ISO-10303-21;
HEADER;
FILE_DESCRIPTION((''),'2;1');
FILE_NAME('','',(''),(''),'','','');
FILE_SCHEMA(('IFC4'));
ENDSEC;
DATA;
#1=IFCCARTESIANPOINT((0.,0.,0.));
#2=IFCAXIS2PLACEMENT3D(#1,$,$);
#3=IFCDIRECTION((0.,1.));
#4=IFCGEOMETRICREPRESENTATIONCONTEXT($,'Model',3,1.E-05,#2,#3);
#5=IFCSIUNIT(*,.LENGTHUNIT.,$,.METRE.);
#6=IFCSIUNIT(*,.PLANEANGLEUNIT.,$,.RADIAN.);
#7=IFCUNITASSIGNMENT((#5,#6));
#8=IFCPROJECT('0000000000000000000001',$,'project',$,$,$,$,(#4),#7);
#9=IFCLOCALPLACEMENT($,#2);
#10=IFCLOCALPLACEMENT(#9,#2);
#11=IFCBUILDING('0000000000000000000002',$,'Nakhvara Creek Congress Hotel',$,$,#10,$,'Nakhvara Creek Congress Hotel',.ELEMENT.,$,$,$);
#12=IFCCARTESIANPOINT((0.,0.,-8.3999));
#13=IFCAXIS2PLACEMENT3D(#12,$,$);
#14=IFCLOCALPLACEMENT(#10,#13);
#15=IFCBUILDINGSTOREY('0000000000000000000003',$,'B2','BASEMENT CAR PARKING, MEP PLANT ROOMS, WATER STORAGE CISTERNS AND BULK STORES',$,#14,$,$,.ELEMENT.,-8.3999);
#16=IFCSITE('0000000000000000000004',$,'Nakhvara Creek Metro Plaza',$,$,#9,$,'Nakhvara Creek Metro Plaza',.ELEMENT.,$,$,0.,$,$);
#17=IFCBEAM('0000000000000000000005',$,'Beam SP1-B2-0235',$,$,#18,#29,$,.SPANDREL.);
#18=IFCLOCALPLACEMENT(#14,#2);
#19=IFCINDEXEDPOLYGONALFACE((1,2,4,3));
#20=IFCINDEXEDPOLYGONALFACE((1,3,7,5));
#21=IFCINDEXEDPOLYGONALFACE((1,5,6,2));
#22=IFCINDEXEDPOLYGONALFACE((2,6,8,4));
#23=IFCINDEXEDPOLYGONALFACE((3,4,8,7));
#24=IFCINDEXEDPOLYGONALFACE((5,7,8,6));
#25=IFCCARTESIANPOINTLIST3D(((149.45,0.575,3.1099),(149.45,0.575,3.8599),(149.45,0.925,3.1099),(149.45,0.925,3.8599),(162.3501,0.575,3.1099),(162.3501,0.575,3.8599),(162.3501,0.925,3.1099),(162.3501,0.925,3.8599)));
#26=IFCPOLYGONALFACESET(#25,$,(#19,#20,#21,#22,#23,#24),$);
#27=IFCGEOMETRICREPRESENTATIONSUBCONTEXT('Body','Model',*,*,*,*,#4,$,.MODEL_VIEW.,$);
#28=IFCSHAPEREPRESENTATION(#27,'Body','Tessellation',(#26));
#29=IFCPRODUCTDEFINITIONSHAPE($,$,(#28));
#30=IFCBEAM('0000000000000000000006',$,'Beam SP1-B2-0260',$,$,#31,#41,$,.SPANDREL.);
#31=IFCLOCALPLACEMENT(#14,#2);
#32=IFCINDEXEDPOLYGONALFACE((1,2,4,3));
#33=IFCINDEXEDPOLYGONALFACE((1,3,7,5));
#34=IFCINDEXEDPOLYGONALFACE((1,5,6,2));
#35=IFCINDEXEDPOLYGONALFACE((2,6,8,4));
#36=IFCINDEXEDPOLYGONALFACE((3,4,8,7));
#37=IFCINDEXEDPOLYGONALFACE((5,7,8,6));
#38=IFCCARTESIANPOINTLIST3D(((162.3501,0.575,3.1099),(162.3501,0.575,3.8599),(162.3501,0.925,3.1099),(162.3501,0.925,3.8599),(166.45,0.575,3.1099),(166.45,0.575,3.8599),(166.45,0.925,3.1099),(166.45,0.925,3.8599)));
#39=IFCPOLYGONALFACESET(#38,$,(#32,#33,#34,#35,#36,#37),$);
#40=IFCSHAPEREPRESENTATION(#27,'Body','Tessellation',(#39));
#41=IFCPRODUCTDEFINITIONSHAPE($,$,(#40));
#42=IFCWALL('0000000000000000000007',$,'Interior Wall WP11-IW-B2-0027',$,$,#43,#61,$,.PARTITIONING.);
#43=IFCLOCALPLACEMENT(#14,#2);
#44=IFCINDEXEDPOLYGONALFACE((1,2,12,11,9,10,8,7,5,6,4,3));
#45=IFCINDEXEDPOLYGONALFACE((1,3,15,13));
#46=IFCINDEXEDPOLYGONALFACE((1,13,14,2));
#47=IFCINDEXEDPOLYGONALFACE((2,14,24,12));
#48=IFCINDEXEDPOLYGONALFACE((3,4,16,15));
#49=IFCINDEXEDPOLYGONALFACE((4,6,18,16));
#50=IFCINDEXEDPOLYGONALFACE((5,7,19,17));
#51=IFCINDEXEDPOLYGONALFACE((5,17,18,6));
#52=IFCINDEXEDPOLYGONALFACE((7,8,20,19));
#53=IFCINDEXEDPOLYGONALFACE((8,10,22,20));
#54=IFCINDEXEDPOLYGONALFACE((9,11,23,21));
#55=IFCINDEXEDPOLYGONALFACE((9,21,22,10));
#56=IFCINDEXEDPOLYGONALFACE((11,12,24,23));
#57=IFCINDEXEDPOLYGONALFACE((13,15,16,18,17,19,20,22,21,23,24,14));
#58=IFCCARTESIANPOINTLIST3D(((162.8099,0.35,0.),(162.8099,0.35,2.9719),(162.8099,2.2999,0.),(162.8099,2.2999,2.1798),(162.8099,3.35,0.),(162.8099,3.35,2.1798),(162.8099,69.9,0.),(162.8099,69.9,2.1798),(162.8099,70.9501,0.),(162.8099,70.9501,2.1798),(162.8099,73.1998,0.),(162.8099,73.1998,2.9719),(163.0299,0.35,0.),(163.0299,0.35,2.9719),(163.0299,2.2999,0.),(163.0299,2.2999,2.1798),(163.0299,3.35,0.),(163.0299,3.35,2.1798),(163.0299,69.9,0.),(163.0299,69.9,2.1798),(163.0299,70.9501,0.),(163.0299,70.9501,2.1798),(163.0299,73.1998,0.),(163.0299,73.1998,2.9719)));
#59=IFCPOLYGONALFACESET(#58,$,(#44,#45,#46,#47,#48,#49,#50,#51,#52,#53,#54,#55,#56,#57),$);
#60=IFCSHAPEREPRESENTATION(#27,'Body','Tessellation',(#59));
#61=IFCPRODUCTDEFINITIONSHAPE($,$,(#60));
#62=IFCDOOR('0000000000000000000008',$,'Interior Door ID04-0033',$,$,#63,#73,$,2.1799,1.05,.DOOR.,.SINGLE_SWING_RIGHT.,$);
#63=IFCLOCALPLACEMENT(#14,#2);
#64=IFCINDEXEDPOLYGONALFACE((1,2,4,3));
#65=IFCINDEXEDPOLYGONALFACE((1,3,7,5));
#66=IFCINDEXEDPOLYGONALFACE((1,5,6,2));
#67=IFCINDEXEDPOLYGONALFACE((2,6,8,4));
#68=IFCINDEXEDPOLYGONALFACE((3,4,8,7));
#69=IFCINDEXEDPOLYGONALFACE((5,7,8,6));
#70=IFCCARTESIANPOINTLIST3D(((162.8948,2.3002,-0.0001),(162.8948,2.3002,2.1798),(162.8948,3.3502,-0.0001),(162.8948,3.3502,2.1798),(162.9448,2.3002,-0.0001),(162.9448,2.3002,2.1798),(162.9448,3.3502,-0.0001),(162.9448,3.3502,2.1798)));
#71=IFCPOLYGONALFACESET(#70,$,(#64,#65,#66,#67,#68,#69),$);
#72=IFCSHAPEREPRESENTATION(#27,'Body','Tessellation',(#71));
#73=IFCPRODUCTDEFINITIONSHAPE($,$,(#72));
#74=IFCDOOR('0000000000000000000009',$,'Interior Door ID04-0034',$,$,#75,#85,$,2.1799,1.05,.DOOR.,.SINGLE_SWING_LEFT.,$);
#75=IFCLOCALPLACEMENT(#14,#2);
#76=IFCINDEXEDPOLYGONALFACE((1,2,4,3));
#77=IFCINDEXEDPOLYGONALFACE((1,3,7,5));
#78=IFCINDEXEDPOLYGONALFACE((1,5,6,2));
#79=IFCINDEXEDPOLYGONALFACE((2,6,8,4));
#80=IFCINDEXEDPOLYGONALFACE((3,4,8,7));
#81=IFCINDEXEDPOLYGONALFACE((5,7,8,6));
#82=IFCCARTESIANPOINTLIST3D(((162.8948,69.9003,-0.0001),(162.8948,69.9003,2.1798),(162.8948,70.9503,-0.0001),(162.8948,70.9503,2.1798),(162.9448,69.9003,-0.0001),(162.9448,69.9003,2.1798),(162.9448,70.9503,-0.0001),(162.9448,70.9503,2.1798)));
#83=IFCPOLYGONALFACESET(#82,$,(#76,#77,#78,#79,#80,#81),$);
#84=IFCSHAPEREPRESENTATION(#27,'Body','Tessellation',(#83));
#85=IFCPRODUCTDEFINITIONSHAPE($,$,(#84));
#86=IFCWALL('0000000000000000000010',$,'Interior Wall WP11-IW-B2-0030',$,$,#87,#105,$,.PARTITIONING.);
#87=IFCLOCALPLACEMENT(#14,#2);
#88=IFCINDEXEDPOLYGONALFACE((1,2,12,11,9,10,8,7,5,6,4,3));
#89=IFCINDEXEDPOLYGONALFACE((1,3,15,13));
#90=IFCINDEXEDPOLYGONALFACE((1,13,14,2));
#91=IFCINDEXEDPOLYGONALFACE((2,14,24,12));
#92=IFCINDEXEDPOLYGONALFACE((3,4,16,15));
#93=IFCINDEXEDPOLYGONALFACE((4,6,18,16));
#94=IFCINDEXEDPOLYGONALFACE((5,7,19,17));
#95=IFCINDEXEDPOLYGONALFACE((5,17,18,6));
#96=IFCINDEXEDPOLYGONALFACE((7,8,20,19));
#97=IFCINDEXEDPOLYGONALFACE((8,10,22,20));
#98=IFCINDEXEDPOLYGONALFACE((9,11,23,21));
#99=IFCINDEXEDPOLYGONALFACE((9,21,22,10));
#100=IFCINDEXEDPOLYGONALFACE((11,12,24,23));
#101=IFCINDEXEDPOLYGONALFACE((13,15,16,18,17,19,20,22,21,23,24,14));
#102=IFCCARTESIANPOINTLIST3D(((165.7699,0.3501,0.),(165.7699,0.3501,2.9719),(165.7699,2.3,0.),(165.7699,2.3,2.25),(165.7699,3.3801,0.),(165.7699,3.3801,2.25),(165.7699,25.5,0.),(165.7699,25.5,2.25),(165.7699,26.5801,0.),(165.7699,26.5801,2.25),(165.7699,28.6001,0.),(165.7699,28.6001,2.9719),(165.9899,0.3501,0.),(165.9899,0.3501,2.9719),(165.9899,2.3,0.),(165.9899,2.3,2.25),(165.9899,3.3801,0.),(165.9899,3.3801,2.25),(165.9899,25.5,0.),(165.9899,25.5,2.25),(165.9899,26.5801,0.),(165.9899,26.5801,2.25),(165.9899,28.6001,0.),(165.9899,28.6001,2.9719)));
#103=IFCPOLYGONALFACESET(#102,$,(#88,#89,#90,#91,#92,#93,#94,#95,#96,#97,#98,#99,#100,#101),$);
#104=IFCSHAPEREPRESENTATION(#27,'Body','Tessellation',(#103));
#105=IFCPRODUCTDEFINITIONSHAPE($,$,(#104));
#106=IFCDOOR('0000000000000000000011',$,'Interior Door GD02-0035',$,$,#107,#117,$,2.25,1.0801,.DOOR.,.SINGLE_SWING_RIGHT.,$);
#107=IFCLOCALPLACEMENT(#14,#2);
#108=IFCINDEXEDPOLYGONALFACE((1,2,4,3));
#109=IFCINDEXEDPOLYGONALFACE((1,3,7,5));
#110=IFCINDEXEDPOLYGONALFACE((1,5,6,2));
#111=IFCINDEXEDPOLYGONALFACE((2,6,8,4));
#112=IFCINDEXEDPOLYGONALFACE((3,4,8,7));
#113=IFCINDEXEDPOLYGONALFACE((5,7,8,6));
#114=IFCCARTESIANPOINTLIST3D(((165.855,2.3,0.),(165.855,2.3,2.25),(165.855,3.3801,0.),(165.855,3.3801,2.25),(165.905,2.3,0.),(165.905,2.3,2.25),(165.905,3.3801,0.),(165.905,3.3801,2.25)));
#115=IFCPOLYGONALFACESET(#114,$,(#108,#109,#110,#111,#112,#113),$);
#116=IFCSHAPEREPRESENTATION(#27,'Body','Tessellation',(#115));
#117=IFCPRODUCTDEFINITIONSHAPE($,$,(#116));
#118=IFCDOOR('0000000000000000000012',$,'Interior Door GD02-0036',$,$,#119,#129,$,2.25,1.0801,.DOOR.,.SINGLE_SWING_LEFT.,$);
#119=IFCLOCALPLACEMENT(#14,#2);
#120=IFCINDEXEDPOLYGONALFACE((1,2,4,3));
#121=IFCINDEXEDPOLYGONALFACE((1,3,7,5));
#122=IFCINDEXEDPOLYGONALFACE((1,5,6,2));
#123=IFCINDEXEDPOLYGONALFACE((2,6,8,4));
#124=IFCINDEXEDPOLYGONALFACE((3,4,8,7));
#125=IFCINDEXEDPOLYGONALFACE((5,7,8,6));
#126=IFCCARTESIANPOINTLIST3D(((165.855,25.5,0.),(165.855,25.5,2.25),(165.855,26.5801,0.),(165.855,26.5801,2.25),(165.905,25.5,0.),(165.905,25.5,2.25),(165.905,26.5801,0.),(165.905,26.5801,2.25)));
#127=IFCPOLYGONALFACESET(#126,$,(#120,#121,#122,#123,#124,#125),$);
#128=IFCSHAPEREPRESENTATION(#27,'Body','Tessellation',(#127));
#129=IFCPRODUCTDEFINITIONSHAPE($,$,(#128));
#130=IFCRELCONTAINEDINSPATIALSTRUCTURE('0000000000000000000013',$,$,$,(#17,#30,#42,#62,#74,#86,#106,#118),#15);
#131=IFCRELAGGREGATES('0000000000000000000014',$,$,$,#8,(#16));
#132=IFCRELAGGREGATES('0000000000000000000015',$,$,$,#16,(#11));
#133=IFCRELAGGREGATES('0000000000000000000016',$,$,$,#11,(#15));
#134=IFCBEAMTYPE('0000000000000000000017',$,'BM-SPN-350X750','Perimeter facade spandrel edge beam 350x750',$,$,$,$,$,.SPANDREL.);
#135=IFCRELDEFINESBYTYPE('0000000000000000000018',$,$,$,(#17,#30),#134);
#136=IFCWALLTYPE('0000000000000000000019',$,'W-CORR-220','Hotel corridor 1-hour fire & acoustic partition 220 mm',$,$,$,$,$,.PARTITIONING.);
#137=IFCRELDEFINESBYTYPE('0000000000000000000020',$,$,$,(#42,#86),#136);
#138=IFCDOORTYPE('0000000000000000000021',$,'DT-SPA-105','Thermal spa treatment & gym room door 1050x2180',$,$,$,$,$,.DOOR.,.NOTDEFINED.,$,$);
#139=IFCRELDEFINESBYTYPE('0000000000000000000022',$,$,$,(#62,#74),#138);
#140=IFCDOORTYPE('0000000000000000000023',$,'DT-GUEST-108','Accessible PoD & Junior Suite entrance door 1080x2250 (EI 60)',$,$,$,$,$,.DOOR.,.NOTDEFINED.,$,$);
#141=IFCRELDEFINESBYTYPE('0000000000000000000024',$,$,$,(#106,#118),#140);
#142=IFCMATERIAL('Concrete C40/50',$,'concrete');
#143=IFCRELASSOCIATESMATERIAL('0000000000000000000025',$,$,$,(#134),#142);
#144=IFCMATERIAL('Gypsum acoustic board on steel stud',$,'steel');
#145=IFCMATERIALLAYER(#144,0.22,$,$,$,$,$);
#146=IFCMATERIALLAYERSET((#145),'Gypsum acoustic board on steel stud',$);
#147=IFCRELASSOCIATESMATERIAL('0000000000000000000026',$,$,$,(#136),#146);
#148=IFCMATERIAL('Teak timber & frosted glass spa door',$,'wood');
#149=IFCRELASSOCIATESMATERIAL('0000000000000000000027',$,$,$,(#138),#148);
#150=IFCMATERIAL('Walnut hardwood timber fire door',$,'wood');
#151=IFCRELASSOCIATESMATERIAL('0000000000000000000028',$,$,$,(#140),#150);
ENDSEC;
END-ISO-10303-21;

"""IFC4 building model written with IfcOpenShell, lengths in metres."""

from ifc_helpers import new_model, si_unit, direction, frame, frame_2d, origin, origin_2d, place, context, subcontext, project, spatial, rectangle, extrude, material, layer, layer_set, material_profile, profile_set, type_object, element, fill, save


model = new_model("IFC4")

# Units and contexts
model_context = context("Model", 3, precision=1e-05, world=origin(), true_north=direction((0.0, 1.0)))
body_context = subcontext(model_context, "Body", "Model", "MODEL_VIEW")
ifc_project = project(units=[si_unit("LENGTHUNIT", "METRE"), si_unit("PLANEANGLEUNIT", "RADIAN")], contexts=[model_context])

# Site, building, storey
site_placement = place(None, origin())
site = spatial("IfcSite", under=ifc_project, at=site_placement, Name="Nakhvara Creek Metro Plaza", LongName="Nakhvara Creek Metro Plaza", CompositionType="ELEMENT", RefElevation=0.0)
building_placement = place(site_placement, origin())
building = spatial("IfcBuilding", under=site, at=building_placement, Name="Nakhvara Creek Congress Hotel", LongName="Nakhvara Creek Congress Hotel", CompositionType="ELEMENT")
storey_placement = place(building_placement, frame((0.0, 0.0, -8.3999)))
storey = spatial("IfcBuildingStorey", under=building, at=storey_placement, Name="B2", Description="BASEMENT CAR PARKING, MEP PLANT ROOMS, WATER STORAGE CISTERNS AND BULK STORES", CompositionType="ELEMENT", Elevation=-8.3999)

# Shared definitions
ifc_material_1 = material(Name="Concrete C40/50", Category="concrete")

# Beams
ifc_material_profile_1 = material_profile(ifc_material_1, rectangle(XDim=0.3501, YDim=0.75, at=origin_2d()), Name="RC-SPANDREL 350x750", Category="LoadBearing")
ifc_profile_set_1 = profile_set([ifc_material_profile_1], Name="Concrete C40/50")
beam_type_1 = type_object("IfcBeamType", Name="BM-SPN-350X750", Description="Perimeter facade spandrel edge beam 350x750", PredefinedType="SPANDREL", material=ifc_profile_set_1)
beam_1_placement = place(storey_placement, frame((149.45, 0.75, 3.4849), z_axis=(1.0, 0.0, 0.0), x_axis=(0.0, 1.0, 0.0)))
element("IfcBeam", 1, at=beam_1_placement, inside=storey, type_object=beam_type_1, Name="Beam SP1-B2-0235", PredefinedType="SPANDREL", context=body_context, shape_type="SweptSolid", body=[
    extrude(rectangle(XDim=0.3501, YDim=0.75, at=origin_2d()), origin(), (0.0, 0.0, 1.0), 12.9001),
])
beam_2_placement = place(storey_placement, frame((162.3501, 0.75, 3.4849), z_axis=(1.0, 0.0, 0.0), x_axis=(0.0, 1.0, 0.0)))
element("IfcBeam", 2, at=beam_2_placement, inside=storey, type_object=beam_type_1, Name="Beam SP1-B2-0260", PredefinedType="SPANDREL", context=body_context, shape_type="SweptSolid", body=[
    extrude(rectangle(XDim=0.3501, YDim=0.75, at=origin_2d()), origin(), (0.0, 0.0, 1.0), 4.0999),
])

# Walls, openings, doors
ifc_material_2 = material(Name="Gypsum acoustic board on steel stud", Category="steel")
ifc_layer = layer(ifc_material_2, 0.22)
ifc_layer_set = layer_set([ifc_layer], Name="Gypsum acoustic board on steel stud")
wall_type = type_object("IfcWallType", Name="W-CORR-220", Description="Hotel corridor 1-hour fire & acoustic partition 220 mm", PredefinedType="PARTITIONING", material=ifc_layer_set)
wall_1_placement = place(storey_placement, frame((162.9199, 0.3501, 0.0), z_axis=(0.0, 0.0, 1.0), x_axis=(0.0, 1.0, 0.0)))
wall_1 = element("IfcWall", 3, at=wall_1_placement, inside=storey, type_object=wall_type, Name="Interior Wall WP11-IW-B2-0027", PredefinedType="PARTITIONING", context=body_context, shape_type="SweptSolid", body=[
    extrude(rectangle(XDim=72.8499, YDim=0.22, at=frame_2d((36.4248, 0.0))), origin(), (0.0, 0.0, 1.0), 2.9719),
])
opening_1_placement = place(wall_1_placement, frame((1.95, 0.0, 0.0)))
opening_1 = element("IfcOpeningElement", 4, at=opening_1_placement, cuts=wall_1, PredefinedType="OPENING", context=body_context, shape_type="SweptSolid", body=[
    extrude(rectangle(XDim=1.05, YDim=2.1799, at=frame_2d((0.5249, 1.0898))), frame((0.0, 0.1221, 0.0), z_axis=(0.0, -1.0, 0.0), x_axis=(1.0, 0.0, 0.0)), (0.0, 0.0, 1.0), 0.2439),
])
opening_2_placement = place(wall_1_placement, frame((69.55, 0.0, 0.0)))
opening_2 = element("IfcOpeningElement", 5, at=opening_2_placement, cuts=wall_1, PredefinedType="OPENING", context=body_context, shape_type="SweptSolid", body=[
    extrude(rectangle(XDim=1.05, YDim=2.1799, at=frame_2d((0.5249, 1.0898))), frame((0.0, 0.1221, 0.0), z_axis=(0.0, -1.0, 0.0), x_axis=(1.0, 0.0, 0.0)), (0.0, 0.0, 1.0), 0.2439),
])
ifc_material_3 = material(Name="Teak timber & frosted glass spa door", Category="wood")
door_type_1 = type_object("IfcDoorType", Name="DT-SPA-105", Description="Thermal spa treatment & gym room door 1050x2180", OperationType="NOTDEFINED", PredefinedType="DOOR", material=ifc_material_3)
door_1_placement = place(opening_1_placement, frame((1.05, 0.0, 0.0), z_axis=(0.0, 0.0, 1.0), x_axis=(-1.0, 0.0, 0.0)))
door_1 = element("IfcDoor", 6, at=door_1_placement, inside=storey, type_object=door_type_1, Name="Interior Door ID04-0033", OperationType="SINGLE_SWING_RIGHT", OverallHeight=2.1799, OverallWidth=1.05, PredefinedType="DOOR", context=body_context, shape_type="SweptSolid", body=[
    extrude(rectangle(XDim=1.05, YDim=2.1799, at=frame_2d((0.5249, 1.0898))), frame((0.0, 0.0249, 0.0), z_axis=(0.0, -1.0, 0.0), x_axis=(1.0, 0.0, 0.0)), (0.0, 0.0, 1.0), 0.05),
])
fill(opening_1, door_1)
door_2_placement = place(opening_2_placement, frame((1.05, 0.0, 0.0), z_axis=(0.0, 0.0, 1.0), x_axis=(-1.0, 0.0, 0.0)))
door_2 = element("IfcDoor", 7, at=door_2_placement, inside=storey, type_object=door_type_1, Name="Interior Door ID04-0034", OperationType="SINGLE_SWING_LEFT", OverallHeight=2.1799, OverallWidth=1.05, PredefinedType="DOOR", context=body_context, shape_type="SweptSolid", body=[
    extrude(rectangle(XDim=1.05, YDim=2.1799, at=frame_2d((0.5249, 1.0898))), frame((0.0, 0.0249, 0.0), z_axis=(0.0, -1.0, 0.0), x_axis=(1.0, 0.0, 0.0)), (0.0, 0.0, 1.0), 0.05),
])
fill(opening_2, door_2)
wall_2_placement = place(storey_placement, frame((165.8799, 0.3501, 0.0), z_axis=(0.0, 0.0, 1.0), x_axis=(0.0, 1.0, 0.0)))
wall_2 = element("IfcWall", 8, at=wall_2_placement, inside=storey, type_object=wall_type, Name="Interior Wall WP11-IW-B2-0030", PredefinedType="PARTITIONING", context=body_context, shape_type="SweptSolid", body=[
    extrude(rectangle(XDim=28.25, YDim=0.22, at=frame_2d((14.125, 0.0))), origin(), (0.0, 0.0, 1.0), 2.9719),
])
opening_3_placement = place(wall_2_placement, frame((1.95, 0.0, 0.0)))
opening_3 = element("IfcOpeningElement", 9, at=opening_3_placement, cuts=wall_2, PredefinedType="OPENING", context=body_context, shape_type="SweptSolid", body=[
    extrude(rectangle(XDim=1.0801, YDim=2.25, at=frame_2d((0.54, 1.125))), frame((0.0, 0.1221, 0.0), z_axis=(0.0, -1.0, 0.0), x_axis=(1.0, 0.0, 0.0)), (0.0, 0.0, 1.0), 0.2439),
])
opening_4_placement = place(wall_2_placement, frame((25.1499, 0.0, 0.0)))
opening_4 = element("IfcOpeningElement", 10, at=opening_4_placement, cuts=wall_2, PredefinedType="OPENING", context=body_context, shape_type="SweptSolid", body=[
    extrude(rectangle(XDim=1.0801, YDim=2.25, at=frame_2d((0.54, 1.125))), frame((0.0, 0.1221, 0.0), z_axis=(0.0, -1.0, 0.0), x_axis=(1.0, 0.0, 0.0)), (0.0, 0.0, 1.0), 0.2439),
])
ifc_material_4 = material(Name="Walnut hardwood timber fire door", Category="wood")
door_type_2 = type_object("IfcDoorType", Name="DT-GUEST-108", Description="Accessible PoD & Junior Suite entrance door 1080x2250 (EI 60)", OperationType="NOTDEFINED", PredefinedType="DOOR", material=ifc_material_4)
door_3_placement = place(opening_3_placement, origin())
door_3 = element("IfcDoor", 11, at=door_3_placement, inside=storey, type_object=door_type_2, Name="Interior Door GD02-0035", OperationType="SINGLE_SWING_RIGHT", OverallHeight=2.25, OverallWidth=1.0801, PredefinedType="DOOR", context=body_context, shape_type="SweptSolid", body=[
    extrude(rectangle(XDim=1.0801, YDim=2.25, at=frame_2d((0.54, 1.125))), frame((0.0, 0.0249, 0.0), z_axis=(0.0, -1.0, 0.0), x_axis=(1.0, 0.0, 0.0)), (0.0, 0.0, 1.0), 0.05),
])
fill(opening_3, door_3)
door_4_placement = place(opening_4_placement, origin())
door_4 = element("IfcDoor", 12, at=door_4_placement, inside=storey, type_object=door_type_2, Name="Interior Door GD02-0036", OperationType="SINGLE_SWING_LEFT", OverallHeight=2.25, OverallWidth=1.0801, PredefinedType="DOOR", context=body_context, shape_type="SweptSolid", body=[
    extrude(rectangle(XDim=1.0801, YDim=2.25, at=frame_2d((0.54, 1.125))), frame((0.0, 0.0249, 0.0), z_axis=(0.0, -1.0, 0.0), x_axis=(1.0, 0.0, 0.0)), (0.0, 0.0, 1.0), 0.05),
])
fill(opening_4, door_4)

save(model, "model.ifc")
